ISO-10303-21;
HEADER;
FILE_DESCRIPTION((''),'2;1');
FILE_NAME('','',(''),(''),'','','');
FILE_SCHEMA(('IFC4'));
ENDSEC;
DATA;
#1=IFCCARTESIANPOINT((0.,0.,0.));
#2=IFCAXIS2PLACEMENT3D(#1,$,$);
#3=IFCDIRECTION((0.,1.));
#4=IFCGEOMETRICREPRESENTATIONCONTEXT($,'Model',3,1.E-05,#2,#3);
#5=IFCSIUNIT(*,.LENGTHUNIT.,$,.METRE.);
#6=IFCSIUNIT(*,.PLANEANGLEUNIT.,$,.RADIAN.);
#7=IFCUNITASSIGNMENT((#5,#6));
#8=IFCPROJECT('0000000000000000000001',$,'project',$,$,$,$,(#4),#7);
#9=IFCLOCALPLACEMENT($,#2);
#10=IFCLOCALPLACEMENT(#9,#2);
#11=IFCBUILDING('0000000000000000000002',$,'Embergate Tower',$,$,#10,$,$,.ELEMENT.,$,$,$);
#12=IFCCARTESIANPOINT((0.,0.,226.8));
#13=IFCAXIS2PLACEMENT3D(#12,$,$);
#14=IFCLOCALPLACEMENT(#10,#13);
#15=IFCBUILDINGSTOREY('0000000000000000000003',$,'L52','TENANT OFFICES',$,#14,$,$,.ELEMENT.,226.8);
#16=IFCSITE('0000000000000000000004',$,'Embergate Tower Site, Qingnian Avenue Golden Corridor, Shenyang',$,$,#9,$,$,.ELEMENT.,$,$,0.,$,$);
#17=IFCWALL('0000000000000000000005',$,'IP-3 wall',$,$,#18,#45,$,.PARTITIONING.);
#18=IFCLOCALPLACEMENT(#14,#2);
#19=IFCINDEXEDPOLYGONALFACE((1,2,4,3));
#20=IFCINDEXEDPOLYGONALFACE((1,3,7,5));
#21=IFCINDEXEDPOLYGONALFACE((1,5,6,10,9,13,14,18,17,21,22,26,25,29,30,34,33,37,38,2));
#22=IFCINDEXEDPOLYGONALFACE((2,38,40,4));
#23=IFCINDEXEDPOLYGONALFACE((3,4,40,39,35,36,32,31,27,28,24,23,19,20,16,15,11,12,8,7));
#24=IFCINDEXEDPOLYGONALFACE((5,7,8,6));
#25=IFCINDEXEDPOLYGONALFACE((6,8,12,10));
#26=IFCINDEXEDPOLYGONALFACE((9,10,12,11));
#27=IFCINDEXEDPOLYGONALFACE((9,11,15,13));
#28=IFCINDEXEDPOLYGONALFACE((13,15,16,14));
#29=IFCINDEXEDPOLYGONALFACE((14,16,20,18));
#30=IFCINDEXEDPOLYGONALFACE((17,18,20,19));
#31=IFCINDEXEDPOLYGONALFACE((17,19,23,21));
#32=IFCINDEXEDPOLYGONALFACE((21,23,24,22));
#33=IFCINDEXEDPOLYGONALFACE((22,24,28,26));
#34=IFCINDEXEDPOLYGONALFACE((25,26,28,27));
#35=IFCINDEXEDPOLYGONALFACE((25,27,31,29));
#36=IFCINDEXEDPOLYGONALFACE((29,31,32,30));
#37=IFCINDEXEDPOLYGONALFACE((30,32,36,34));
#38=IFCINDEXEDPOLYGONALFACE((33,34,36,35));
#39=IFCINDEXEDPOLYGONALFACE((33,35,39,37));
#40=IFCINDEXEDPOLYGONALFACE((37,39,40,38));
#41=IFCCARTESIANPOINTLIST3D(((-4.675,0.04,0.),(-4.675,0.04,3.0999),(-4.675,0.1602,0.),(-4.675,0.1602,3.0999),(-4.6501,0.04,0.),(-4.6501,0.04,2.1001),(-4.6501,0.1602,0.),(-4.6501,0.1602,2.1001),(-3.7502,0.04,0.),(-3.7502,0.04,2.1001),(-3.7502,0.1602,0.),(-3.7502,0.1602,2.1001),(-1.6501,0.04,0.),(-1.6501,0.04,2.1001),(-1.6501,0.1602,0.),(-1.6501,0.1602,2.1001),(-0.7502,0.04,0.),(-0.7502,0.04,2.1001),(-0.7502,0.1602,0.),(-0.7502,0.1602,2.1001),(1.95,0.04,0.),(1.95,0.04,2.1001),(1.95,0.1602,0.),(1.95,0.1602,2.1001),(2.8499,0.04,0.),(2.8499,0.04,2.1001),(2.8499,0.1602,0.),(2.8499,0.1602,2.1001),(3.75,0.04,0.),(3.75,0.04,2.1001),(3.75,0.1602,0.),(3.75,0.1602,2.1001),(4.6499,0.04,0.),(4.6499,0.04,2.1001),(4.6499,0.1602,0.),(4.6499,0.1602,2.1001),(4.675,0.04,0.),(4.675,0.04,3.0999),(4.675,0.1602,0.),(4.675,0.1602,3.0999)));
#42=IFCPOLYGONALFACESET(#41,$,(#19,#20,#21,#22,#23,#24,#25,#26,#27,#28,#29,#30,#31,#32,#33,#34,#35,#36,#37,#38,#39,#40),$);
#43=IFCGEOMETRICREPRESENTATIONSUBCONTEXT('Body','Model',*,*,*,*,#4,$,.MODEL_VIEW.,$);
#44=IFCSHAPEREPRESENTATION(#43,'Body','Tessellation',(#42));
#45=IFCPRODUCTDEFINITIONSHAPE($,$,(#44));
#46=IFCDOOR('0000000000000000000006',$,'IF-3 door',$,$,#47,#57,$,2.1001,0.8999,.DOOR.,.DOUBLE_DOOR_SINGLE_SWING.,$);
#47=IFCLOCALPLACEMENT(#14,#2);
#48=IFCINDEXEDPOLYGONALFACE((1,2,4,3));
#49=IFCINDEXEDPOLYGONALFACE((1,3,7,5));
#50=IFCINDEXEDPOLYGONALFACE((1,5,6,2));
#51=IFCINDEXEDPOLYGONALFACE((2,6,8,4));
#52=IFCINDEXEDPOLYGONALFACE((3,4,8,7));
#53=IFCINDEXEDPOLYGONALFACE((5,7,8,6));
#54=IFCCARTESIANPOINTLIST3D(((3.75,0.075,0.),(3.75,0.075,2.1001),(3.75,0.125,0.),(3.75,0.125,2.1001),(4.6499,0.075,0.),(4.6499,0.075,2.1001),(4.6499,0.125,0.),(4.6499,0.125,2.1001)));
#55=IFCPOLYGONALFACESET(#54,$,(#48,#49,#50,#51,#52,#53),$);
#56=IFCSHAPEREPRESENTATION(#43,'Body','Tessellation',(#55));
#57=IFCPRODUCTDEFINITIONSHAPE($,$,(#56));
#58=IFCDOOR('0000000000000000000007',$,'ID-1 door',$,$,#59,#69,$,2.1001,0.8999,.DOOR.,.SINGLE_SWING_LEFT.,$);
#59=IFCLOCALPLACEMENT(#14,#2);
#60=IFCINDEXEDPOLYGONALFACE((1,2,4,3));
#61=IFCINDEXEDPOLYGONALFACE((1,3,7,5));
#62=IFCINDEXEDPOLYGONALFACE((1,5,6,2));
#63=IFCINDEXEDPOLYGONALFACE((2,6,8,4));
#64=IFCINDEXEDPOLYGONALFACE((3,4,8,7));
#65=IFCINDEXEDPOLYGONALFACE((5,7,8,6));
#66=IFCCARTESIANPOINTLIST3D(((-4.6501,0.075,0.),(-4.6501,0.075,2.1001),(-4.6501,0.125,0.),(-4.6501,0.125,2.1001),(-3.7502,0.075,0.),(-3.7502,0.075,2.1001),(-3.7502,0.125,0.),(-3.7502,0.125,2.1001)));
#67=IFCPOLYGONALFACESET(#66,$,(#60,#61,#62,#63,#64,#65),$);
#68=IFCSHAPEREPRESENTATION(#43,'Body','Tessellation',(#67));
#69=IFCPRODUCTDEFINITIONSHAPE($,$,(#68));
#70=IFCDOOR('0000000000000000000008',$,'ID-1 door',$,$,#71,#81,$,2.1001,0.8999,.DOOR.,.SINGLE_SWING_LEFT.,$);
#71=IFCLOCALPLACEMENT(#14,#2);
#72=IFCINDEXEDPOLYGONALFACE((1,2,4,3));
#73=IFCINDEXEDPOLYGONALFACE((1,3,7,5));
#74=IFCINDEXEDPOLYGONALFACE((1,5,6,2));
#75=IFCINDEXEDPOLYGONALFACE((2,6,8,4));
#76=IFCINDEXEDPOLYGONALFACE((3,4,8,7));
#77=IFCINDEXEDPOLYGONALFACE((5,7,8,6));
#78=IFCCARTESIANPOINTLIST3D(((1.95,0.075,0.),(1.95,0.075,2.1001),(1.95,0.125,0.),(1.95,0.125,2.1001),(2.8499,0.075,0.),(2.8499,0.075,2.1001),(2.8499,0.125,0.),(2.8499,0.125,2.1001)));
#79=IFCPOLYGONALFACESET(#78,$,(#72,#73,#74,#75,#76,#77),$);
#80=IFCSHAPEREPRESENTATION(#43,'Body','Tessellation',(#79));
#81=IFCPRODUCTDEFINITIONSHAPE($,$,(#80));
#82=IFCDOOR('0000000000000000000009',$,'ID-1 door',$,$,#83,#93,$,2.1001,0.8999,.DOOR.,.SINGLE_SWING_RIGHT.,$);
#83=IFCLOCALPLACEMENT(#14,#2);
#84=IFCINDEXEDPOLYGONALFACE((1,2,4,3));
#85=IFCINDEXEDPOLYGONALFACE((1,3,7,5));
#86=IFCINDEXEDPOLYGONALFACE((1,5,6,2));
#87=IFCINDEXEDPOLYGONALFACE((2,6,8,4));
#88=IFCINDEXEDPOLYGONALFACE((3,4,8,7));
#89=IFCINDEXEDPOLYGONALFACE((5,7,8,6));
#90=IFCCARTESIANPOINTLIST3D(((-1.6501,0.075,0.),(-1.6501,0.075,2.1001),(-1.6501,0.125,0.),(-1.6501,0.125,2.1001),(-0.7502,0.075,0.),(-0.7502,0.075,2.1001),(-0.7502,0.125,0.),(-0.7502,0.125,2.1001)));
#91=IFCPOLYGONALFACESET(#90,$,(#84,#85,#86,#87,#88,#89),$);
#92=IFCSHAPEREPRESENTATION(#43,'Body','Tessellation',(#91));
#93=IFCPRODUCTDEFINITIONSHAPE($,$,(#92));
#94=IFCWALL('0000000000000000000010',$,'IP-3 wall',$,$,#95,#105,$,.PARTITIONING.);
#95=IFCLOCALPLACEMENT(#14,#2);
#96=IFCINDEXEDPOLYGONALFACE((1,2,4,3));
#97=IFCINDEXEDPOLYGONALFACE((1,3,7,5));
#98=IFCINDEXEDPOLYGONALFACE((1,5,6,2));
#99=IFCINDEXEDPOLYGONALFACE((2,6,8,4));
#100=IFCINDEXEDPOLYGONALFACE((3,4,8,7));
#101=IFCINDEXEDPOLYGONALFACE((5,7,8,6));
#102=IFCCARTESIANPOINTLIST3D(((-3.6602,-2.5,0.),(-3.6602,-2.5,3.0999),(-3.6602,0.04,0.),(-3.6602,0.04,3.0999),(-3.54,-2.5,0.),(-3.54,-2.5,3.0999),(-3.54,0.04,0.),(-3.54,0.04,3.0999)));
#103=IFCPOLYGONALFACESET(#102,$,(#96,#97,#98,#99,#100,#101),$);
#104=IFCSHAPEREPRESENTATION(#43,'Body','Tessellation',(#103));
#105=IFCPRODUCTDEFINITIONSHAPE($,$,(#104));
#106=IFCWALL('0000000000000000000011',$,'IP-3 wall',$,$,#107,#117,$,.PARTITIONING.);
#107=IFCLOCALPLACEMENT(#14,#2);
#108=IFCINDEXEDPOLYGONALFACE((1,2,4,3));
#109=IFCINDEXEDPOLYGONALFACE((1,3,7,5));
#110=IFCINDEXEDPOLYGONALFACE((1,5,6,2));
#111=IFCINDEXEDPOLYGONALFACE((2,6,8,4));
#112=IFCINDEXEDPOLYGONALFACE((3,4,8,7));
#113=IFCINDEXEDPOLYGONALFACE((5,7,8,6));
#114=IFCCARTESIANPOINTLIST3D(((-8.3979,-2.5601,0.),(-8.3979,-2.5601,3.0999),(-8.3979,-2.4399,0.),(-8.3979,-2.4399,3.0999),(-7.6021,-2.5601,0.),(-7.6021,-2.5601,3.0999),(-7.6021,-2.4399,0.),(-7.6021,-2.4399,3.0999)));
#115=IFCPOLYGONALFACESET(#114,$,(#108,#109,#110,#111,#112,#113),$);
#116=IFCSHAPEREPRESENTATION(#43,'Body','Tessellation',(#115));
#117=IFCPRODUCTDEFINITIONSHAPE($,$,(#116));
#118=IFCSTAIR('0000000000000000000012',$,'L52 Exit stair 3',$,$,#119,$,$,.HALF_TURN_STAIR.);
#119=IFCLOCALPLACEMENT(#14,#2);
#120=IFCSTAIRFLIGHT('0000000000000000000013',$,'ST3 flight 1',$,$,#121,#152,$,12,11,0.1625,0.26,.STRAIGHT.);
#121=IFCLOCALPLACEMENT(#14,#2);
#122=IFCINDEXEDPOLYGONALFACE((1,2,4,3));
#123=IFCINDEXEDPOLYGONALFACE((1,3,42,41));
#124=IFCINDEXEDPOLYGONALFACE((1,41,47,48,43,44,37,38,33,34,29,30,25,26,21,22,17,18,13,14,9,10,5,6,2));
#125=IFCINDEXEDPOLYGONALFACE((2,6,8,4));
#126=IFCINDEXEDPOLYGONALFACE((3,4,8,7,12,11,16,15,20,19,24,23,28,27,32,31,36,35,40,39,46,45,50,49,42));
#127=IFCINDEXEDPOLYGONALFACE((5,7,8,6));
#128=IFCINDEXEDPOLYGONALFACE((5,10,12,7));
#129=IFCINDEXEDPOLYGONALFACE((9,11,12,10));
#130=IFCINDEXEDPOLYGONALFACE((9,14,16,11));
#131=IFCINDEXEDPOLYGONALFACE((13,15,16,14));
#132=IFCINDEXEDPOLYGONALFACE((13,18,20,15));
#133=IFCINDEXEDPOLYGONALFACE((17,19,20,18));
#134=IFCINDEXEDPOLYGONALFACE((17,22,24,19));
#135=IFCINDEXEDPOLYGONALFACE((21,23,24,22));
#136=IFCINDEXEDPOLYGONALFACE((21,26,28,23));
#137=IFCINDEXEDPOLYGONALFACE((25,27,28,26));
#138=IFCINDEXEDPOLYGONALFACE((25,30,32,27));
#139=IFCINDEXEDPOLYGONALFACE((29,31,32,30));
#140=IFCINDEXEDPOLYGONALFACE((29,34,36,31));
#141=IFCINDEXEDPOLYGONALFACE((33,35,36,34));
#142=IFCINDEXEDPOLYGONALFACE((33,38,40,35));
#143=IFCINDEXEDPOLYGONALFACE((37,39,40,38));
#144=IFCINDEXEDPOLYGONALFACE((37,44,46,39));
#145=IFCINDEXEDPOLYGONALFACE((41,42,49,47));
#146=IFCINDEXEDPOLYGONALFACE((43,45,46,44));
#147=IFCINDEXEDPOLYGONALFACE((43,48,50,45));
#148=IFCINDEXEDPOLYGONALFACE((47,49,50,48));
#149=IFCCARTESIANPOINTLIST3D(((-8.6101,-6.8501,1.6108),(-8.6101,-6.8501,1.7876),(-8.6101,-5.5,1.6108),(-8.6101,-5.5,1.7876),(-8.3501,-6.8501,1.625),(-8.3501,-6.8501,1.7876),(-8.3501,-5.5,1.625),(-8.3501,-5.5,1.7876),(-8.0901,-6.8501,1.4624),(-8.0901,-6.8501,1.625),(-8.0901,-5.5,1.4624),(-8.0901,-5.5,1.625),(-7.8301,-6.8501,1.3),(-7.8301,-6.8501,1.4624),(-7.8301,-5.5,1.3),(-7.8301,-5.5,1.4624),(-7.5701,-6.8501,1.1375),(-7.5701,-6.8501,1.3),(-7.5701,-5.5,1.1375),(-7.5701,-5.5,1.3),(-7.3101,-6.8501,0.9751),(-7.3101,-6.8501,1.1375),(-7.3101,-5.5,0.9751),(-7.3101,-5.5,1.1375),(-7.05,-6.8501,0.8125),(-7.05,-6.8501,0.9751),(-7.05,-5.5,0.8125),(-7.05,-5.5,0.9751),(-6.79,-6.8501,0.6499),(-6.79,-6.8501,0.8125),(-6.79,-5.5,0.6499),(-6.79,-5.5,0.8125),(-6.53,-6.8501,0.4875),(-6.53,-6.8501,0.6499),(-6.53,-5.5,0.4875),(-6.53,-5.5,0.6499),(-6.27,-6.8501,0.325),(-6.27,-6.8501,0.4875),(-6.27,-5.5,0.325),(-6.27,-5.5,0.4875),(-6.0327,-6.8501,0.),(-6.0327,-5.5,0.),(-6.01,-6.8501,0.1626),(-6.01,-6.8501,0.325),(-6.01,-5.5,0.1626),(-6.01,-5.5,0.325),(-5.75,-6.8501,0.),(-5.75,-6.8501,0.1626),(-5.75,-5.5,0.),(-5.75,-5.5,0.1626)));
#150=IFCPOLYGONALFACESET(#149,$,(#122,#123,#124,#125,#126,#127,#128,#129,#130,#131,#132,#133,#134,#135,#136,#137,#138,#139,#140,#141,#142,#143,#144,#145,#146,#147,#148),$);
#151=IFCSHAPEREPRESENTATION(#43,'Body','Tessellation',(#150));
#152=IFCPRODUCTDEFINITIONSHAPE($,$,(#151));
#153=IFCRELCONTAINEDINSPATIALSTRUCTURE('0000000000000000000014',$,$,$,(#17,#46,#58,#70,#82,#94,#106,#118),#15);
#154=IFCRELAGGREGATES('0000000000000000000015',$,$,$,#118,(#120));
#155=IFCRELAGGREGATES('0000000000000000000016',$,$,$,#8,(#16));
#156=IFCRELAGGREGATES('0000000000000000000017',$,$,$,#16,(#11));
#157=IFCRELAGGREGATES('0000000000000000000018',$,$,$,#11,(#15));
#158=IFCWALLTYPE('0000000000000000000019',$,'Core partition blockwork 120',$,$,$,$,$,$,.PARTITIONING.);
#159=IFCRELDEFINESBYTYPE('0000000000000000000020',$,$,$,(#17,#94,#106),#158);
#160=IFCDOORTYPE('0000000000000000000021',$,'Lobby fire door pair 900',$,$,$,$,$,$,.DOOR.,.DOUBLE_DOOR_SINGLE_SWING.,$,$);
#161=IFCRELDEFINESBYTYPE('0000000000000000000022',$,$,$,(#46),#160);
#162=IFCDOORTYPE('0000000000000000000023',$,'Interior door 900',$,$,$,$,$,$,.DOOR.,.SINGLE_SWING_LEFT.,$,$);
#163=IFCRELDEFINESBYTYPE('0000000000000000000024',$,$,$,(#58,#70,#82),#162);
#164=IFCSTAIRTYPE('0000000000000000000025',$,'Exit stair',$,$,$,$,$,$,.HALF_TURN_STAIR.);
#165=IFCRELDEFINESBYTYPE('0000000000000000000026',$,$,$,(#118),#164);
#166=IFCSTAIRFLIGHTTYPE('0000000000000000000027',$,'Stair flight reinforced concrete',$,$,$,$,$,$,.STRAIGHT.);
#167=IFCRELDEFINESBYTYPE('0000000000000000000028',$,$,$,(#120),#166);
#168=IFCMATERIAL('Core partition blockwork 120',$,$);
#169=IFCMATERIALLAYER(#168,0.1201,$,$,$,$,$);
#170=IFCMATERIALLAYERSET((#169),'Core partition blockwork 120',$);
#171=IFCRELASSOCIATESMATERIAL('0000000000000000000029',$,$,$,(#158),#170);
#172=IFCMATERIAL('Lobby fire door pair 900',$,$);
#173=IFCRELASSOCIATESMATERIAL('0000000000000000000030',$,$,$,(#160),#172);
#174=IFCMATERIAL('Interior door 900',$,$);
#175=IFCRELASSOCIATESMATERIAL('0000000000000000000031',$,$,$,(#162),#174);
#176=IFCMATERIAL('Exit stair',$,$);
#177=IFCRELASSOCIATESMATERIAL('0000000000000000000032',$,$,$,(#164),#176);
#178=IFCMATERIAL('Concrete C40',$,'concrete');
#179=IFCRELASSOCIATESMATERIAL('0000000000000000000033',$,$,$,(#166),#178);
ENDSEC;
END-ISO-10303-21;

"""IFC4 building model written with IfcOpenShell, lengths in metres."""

from ifc_helpers import new_model, si_unit, direction, frame, frame_2d, origin, place, context, subcontext, project, spatial, polyline, rectangle, outline, extrude, source, transform, mapped, material, layer, layer_set, type_object, element, fill, aggregate, save


model = new_model("IFC4")

# Units and contexts
model_context = context("Model", 3, precision=1e-05, world=origin(), true_north=direction((0.0, 1.0)))
body_context = subcontext(model_context, "Body", "Model", "MODEL_VIEW")
ifc_project = project(units=[si_unit("LENGTHUNIT", "METRE"), si_unit("PLANEANGLEUNIT", "RADIAN")], contexts=[model_context])

# Site, building, storey
site_placement = place(None, origin())
site = spatial("IfcSite", under=ifc_project, at=site_placement, Name="Embergate Tower Site, Qingnian Avenue Golden Corridor, Shenyang", CompositionType="ELEMENT", RefElevation=0.0)
building_placement = place(site_placement, origin())
building = spatial("IfcBuilding", under=site, at=building_placement, Name="Embergate Tower", CompositionType="ELEMENT")
storey_placement = place(building_placement, frame((0.0, 0.0, 226.8)))
storey = spatial("IfcBuildingStorey", under=building, at=storey_placement, Name="L52", Description="TENANT OFFICES", CompositionType="ELEMENT", Elevation=226.8)

# Shared definitions
ifc_material_1 = material(Name="Core partition blockwork 120")
ifc_layer_1 = layer(ifc_material_1, 0.1201)
ifc_layer_set_1 = layer_set([ifc_layer_1], Name="Core partition blockwork 120")
wall_type_1 = type_object("IfcWallType", Name="Core partition blockwork 120", PredefinedType="PARTITIONING", material=ifc_layer_set_1)

# Wall, openings, doors
shared_shape_1 = source(origin(), body_context, "Body", "SweptSolid", [
    extrude(rectangle(XDim=9.3501, YDim=0.1201, at=frame_2d((4.675, 0.0))), origin(), (0.0, 0.0, 1.0), 3.0999),
])
wall_1_placement = place(storey_placement, frame((-4.675, 0.1001, 0.0), z_axis=(0.0, 0.0, 1.0), x_axis=(1.0, 0.0, 0.0)))
wall_1 = element("IfcWall", 1, at=wall_1_placement, inside=storey, type_object=wall_type_1, Name="IP-3 wall", PredefinedType="PARTITIONING", context=body_context, shape_type="MappedRepresentation", body=[
    mapped(shared_shape_1, transform((0.0, 0.0, 0.0))),
])
shared_shape_2 = source(origin(), body_context, "Body", "SweptSolid", [
    extrude(rectangle(XDim=0.8999, YDim=2.1001, at=frame_2d((0.45, 1.05))), frame((0.0, 0.0701, 0.0), z_axis=(0.0, -1.0, 0.0), x_axis=(1.0, 0.0, 0.0)), (0.0, 0.0, 1.0), 0.1401),
])
opening_1_placement = place(wall_1_placement, frame((8.425, 0.0, 0.0)))
opening_1 = element("IfcOpeningElement", 2, at=opening_1_placement, cuts=wall_1, PredefinedType="OPENING", context=body_context, shape_type="MappedRepresentation", body=[
    mapped(shared_shape_2, transform((0.0, 0.0, 0.0))),
])
opening_2_placement = place(wall_1_placement, frame((0.0249, 0.0, 0.0)))
opening_2 = element("IfcOpeningElement", 3, at=opening_2_placement, cuts=wall_1, PredefinedType="OPENING", context=body_context, shape_type="MappedRepresentation", body=[
    mapped(shared_shape_2, transform((0.0, 0.0, 0.0))),
])
opening_3_placement = place(wall_1_placement, frame((6.625, 0.0, 0.0)))
opening_3 = element("IfcOpeningElement", 4, at=opening_3_placement, cuts=wall_1, PredefinedType="OPENING", context=body_context, shape_type="MappedRepresentation", body=[
    mapped(shared_shape_2, transform((0.0, 0.0, 0.0))),
])
opening_4_placement = place(wall_1_placement, frame((3.0249, 0.0, 0.0)))
opening_4 = element("IfcOpeningElement", 5, at=opening_4_placement, cuts=wall_1, PredefinedType="OPENING", context=body_context, shape_type="MappedRepresentation", body=[
    mapped(shared_shape_2, transform((0.0, 0.0, 0.0))),
])
ifc_material_2 = material(Name="Lobby fire door pair 900")
door_type_1 = type_object("IfcDoorType", Name="Lobby fire door pair 900", OperationType="DOUBLE_DOOR_SINGLE_SWING", PredefinedType="DOOR", material=ifc_material_2)
shared_shape_3 = source(origin(), body_context, "Body", "SweptSolid", [
    extrude(rectangle(XDim=0.8999, YDim=2.1001, at=frame_2d((0.45, 1.05))), frame((0.0, 0.0249, 0.0), z_axis=(0.0, -1.0, 0.0), x_axis=(1.0, 0.0, 0.0)), (0.0, 0.0, 1.0), 0.05),
])
door_1_placement = place(opening_1_placement, origin())
door_1 = element("IfcDoor", 6, at=door_1_placement, inside=storey, type_object=door_type_1, Name="IF-3 door", OperationType="DOUBLE_DOOR_SINGLE_SWING", OverallHeight=2.1001, OverallWidth=0.8999, PredefinedType="DOOR", context=body_context, shape_type="MappedRepresentation", body=[
    mapped(shared_shape_3, transform((0.0, 0.0, 0.0))),
])
fill(opening_1, door_1)
ifc_material_3 = material(Name="Interior door 900")
door_type_2 = type_object("IfcDoorType", Name="Interior door 900", OperationType="SINGLE_SWING_LEFT", PredefinedType="DOOR", material=ifc_material_3)
door_2_placement = place(opening_2_placement, origin())
door_2 = element("IfcDoor", 7, at=door_2_placement, inside=storey, type_object=door_type_2, Name="ID-1 door", OperationType="SINGLE_SWING_LEFT", OverallHeight=2.1001, OverallWidth=0.8999, PredefinedType="DOOR", context=body_context, shape_type="MappedRepresentation", body=[
    mapped(shared_shape_3, transform((0.0, 0.0, 0.0))),
])
fill(opening_2, door_2)
door_3_placement = place(opening_3_placement, origin())
door_3 = element("IfcDoor", 8, at=door_3_placement, inside=storey, type_object=door_type_2, Name="ID-1 door", OperationType="SINGLE_SWING_LEFT", OverallHeight=2.1001, OverallWidth=0.8999, PredefinedType="DOOR", context=body_context, shape_type="MappedRepresentation", body=[
    mapped(shared_shape_3, transform((0.0, 0.0, 0.0))),
])
fill(opening_3, door_3)
door_4_placement = place(opening_4_placement, origin())
door_4 = element("IfcDoor", 9, at=door_4_placement, inside=storey, type_object=door_type_2, Name="ID-1 door", OperationType="SINGLE_SWING_RIGHT", OverallHeight=2.1001, OverallWidth=0.8999, PredefinedType="DOOR", context=body_context, shape_type="MappedRepresentation", body=[
    mapped(shared_shape_3, transform((0.0, 0.0, 0.0))),
])
fill(opening_4, door_4)

# Walls
shared_shape_4 = source(origin(), body_context, "Body", "SweptSolid", [
    extrude(rectangle(XDim=2.54, YDim=0.1201, at=frame_2d((1.27, 0.0))), origin(), (0.0, 0.0, 1.0), 3.0999),
])
wall_2_placement = place(storey_placement, frame((-3.6001, -2.5, 0.0), z_axis=(0.0, 0.0, 1.0), x_axis=(0.0, 1.0, 0.0)))
element("IfcWall", 10, at=wall_2_placement, inside=storey, type_object=wall_type_1, Name="IP-3 wall", PredefinedType="PARTITIONING", context=body_context, shape_type="MappedRepresentation", body=[
    mapped(shared_shape_4, transform((0.0, 0.0, 0.0))),
])
shared_shape_5 = source(origin(), body_context, "Body", "SweptSolid", [
    extrude(rectangle(XDim=0.7959, YDim=0.1201, at=frame_2d((0.3979, 0.0))), origin(), (0.0, 0.0, 1.0), 3.0999),
])
wall_3_placement = place(storey_placement, frame((-8.3979, -2.5, 0.0), z_axis=(0.0, 0.0, 1.0), x_axis=(1.0, 0.0, 0.0)))
element("IfcWall", 11, at=wall_3_placement, inside=storey, type_object=wall_type_1, Name="IP-3 wall", PredefinedType="PARTITIONING", context=body_context, shape_type="MappedRepresentation", body=[
    mapped(shared_shape_5, transform((0.0, 0.0, 0.0))),
])

# Stair, stair flight
ifc_material_4 = material(Name="Exit stair")
stair_type = type_object("IfcStairType", Name="Exit stair", PredefinedType="HALF_TURN_STAIR", material=ifc_material_4)
stair_placement = place(storey_placement, origin())
stair = element("IfcStair", 12, at=stair_placement, inside=storey, type_object=stair_type, Name="L52 Exit stair 3", PredefinedType="HALF_TURN_STAIR")
ifc_material_5 = material(Name="Concrete C40", Category="concrete")
stair_flight_type = type_object("IfcStairFlightType", Name="Stair flight reinforced concrete", PredefinedType="STRAIGHT", material=ifc_material_5)
shared_shape_6 = source(origin(), body_context, "Body", "SweptSolid", [
    extrude(outline(polyline([(0.0, 0.0), (0.0, 0.1626), (0.26, 0.1626), (0.26, 0.325), (0.52, 0.325), (0.52, 0.4875), (0.78, 0.4875), (0.78, 0.6499), (1.04, 0.6499), (1.04, 0.8125), (1.3, 0.8125), (1.3, 0.9751), (1.5601, 0.9751), (1.5601, 1.1375), (1.8201, 1.1375), (1.8201, 1.3), (2.0801, 1.3), (2.0801, 1.4624), (2.3401, 1.4624), (2.3401, 1.625), (2.6001, 1.625), (2.6001, 1.7876), (2.8601, 1.7876), (2.8601, 1.95), (2.8601, 1.6108), (0.2827, 0.0), (0.0, 0.0)])), frame((0.0, 0.675, 0.0), z_axis=(0.0, -1.0, 0.0), x_axis=(1.0, 0.0, 0.0)), (0.0, 0.0, 1.0), 1.3501),
])
stair_flight_placement = place(storey_placement, frame((-5.75, -6.175, 0.0), z_axis=(0.0, 0.0, 1.0), x_axis=(-1.0, 0.0, 0.0)))
stair_flight = element("IfcStairFlight", 13, at=stair_flight_placement, type_object=stair_flight_type, Name="ST3 flight 1", NumberOfRisers=12, NumberOfTreads=11, PredefinedType="STRAIGHT", RiserHeight=0.1625, TreadLength=0.26, context=body_context, shape_type="MappedRepresentation", body=[
    mapped(shared_shape_6, transform((0.0, 0.0, 0.0))),
])
aggregate(stair, [stair_flight])

save(model, "model.ifc")
